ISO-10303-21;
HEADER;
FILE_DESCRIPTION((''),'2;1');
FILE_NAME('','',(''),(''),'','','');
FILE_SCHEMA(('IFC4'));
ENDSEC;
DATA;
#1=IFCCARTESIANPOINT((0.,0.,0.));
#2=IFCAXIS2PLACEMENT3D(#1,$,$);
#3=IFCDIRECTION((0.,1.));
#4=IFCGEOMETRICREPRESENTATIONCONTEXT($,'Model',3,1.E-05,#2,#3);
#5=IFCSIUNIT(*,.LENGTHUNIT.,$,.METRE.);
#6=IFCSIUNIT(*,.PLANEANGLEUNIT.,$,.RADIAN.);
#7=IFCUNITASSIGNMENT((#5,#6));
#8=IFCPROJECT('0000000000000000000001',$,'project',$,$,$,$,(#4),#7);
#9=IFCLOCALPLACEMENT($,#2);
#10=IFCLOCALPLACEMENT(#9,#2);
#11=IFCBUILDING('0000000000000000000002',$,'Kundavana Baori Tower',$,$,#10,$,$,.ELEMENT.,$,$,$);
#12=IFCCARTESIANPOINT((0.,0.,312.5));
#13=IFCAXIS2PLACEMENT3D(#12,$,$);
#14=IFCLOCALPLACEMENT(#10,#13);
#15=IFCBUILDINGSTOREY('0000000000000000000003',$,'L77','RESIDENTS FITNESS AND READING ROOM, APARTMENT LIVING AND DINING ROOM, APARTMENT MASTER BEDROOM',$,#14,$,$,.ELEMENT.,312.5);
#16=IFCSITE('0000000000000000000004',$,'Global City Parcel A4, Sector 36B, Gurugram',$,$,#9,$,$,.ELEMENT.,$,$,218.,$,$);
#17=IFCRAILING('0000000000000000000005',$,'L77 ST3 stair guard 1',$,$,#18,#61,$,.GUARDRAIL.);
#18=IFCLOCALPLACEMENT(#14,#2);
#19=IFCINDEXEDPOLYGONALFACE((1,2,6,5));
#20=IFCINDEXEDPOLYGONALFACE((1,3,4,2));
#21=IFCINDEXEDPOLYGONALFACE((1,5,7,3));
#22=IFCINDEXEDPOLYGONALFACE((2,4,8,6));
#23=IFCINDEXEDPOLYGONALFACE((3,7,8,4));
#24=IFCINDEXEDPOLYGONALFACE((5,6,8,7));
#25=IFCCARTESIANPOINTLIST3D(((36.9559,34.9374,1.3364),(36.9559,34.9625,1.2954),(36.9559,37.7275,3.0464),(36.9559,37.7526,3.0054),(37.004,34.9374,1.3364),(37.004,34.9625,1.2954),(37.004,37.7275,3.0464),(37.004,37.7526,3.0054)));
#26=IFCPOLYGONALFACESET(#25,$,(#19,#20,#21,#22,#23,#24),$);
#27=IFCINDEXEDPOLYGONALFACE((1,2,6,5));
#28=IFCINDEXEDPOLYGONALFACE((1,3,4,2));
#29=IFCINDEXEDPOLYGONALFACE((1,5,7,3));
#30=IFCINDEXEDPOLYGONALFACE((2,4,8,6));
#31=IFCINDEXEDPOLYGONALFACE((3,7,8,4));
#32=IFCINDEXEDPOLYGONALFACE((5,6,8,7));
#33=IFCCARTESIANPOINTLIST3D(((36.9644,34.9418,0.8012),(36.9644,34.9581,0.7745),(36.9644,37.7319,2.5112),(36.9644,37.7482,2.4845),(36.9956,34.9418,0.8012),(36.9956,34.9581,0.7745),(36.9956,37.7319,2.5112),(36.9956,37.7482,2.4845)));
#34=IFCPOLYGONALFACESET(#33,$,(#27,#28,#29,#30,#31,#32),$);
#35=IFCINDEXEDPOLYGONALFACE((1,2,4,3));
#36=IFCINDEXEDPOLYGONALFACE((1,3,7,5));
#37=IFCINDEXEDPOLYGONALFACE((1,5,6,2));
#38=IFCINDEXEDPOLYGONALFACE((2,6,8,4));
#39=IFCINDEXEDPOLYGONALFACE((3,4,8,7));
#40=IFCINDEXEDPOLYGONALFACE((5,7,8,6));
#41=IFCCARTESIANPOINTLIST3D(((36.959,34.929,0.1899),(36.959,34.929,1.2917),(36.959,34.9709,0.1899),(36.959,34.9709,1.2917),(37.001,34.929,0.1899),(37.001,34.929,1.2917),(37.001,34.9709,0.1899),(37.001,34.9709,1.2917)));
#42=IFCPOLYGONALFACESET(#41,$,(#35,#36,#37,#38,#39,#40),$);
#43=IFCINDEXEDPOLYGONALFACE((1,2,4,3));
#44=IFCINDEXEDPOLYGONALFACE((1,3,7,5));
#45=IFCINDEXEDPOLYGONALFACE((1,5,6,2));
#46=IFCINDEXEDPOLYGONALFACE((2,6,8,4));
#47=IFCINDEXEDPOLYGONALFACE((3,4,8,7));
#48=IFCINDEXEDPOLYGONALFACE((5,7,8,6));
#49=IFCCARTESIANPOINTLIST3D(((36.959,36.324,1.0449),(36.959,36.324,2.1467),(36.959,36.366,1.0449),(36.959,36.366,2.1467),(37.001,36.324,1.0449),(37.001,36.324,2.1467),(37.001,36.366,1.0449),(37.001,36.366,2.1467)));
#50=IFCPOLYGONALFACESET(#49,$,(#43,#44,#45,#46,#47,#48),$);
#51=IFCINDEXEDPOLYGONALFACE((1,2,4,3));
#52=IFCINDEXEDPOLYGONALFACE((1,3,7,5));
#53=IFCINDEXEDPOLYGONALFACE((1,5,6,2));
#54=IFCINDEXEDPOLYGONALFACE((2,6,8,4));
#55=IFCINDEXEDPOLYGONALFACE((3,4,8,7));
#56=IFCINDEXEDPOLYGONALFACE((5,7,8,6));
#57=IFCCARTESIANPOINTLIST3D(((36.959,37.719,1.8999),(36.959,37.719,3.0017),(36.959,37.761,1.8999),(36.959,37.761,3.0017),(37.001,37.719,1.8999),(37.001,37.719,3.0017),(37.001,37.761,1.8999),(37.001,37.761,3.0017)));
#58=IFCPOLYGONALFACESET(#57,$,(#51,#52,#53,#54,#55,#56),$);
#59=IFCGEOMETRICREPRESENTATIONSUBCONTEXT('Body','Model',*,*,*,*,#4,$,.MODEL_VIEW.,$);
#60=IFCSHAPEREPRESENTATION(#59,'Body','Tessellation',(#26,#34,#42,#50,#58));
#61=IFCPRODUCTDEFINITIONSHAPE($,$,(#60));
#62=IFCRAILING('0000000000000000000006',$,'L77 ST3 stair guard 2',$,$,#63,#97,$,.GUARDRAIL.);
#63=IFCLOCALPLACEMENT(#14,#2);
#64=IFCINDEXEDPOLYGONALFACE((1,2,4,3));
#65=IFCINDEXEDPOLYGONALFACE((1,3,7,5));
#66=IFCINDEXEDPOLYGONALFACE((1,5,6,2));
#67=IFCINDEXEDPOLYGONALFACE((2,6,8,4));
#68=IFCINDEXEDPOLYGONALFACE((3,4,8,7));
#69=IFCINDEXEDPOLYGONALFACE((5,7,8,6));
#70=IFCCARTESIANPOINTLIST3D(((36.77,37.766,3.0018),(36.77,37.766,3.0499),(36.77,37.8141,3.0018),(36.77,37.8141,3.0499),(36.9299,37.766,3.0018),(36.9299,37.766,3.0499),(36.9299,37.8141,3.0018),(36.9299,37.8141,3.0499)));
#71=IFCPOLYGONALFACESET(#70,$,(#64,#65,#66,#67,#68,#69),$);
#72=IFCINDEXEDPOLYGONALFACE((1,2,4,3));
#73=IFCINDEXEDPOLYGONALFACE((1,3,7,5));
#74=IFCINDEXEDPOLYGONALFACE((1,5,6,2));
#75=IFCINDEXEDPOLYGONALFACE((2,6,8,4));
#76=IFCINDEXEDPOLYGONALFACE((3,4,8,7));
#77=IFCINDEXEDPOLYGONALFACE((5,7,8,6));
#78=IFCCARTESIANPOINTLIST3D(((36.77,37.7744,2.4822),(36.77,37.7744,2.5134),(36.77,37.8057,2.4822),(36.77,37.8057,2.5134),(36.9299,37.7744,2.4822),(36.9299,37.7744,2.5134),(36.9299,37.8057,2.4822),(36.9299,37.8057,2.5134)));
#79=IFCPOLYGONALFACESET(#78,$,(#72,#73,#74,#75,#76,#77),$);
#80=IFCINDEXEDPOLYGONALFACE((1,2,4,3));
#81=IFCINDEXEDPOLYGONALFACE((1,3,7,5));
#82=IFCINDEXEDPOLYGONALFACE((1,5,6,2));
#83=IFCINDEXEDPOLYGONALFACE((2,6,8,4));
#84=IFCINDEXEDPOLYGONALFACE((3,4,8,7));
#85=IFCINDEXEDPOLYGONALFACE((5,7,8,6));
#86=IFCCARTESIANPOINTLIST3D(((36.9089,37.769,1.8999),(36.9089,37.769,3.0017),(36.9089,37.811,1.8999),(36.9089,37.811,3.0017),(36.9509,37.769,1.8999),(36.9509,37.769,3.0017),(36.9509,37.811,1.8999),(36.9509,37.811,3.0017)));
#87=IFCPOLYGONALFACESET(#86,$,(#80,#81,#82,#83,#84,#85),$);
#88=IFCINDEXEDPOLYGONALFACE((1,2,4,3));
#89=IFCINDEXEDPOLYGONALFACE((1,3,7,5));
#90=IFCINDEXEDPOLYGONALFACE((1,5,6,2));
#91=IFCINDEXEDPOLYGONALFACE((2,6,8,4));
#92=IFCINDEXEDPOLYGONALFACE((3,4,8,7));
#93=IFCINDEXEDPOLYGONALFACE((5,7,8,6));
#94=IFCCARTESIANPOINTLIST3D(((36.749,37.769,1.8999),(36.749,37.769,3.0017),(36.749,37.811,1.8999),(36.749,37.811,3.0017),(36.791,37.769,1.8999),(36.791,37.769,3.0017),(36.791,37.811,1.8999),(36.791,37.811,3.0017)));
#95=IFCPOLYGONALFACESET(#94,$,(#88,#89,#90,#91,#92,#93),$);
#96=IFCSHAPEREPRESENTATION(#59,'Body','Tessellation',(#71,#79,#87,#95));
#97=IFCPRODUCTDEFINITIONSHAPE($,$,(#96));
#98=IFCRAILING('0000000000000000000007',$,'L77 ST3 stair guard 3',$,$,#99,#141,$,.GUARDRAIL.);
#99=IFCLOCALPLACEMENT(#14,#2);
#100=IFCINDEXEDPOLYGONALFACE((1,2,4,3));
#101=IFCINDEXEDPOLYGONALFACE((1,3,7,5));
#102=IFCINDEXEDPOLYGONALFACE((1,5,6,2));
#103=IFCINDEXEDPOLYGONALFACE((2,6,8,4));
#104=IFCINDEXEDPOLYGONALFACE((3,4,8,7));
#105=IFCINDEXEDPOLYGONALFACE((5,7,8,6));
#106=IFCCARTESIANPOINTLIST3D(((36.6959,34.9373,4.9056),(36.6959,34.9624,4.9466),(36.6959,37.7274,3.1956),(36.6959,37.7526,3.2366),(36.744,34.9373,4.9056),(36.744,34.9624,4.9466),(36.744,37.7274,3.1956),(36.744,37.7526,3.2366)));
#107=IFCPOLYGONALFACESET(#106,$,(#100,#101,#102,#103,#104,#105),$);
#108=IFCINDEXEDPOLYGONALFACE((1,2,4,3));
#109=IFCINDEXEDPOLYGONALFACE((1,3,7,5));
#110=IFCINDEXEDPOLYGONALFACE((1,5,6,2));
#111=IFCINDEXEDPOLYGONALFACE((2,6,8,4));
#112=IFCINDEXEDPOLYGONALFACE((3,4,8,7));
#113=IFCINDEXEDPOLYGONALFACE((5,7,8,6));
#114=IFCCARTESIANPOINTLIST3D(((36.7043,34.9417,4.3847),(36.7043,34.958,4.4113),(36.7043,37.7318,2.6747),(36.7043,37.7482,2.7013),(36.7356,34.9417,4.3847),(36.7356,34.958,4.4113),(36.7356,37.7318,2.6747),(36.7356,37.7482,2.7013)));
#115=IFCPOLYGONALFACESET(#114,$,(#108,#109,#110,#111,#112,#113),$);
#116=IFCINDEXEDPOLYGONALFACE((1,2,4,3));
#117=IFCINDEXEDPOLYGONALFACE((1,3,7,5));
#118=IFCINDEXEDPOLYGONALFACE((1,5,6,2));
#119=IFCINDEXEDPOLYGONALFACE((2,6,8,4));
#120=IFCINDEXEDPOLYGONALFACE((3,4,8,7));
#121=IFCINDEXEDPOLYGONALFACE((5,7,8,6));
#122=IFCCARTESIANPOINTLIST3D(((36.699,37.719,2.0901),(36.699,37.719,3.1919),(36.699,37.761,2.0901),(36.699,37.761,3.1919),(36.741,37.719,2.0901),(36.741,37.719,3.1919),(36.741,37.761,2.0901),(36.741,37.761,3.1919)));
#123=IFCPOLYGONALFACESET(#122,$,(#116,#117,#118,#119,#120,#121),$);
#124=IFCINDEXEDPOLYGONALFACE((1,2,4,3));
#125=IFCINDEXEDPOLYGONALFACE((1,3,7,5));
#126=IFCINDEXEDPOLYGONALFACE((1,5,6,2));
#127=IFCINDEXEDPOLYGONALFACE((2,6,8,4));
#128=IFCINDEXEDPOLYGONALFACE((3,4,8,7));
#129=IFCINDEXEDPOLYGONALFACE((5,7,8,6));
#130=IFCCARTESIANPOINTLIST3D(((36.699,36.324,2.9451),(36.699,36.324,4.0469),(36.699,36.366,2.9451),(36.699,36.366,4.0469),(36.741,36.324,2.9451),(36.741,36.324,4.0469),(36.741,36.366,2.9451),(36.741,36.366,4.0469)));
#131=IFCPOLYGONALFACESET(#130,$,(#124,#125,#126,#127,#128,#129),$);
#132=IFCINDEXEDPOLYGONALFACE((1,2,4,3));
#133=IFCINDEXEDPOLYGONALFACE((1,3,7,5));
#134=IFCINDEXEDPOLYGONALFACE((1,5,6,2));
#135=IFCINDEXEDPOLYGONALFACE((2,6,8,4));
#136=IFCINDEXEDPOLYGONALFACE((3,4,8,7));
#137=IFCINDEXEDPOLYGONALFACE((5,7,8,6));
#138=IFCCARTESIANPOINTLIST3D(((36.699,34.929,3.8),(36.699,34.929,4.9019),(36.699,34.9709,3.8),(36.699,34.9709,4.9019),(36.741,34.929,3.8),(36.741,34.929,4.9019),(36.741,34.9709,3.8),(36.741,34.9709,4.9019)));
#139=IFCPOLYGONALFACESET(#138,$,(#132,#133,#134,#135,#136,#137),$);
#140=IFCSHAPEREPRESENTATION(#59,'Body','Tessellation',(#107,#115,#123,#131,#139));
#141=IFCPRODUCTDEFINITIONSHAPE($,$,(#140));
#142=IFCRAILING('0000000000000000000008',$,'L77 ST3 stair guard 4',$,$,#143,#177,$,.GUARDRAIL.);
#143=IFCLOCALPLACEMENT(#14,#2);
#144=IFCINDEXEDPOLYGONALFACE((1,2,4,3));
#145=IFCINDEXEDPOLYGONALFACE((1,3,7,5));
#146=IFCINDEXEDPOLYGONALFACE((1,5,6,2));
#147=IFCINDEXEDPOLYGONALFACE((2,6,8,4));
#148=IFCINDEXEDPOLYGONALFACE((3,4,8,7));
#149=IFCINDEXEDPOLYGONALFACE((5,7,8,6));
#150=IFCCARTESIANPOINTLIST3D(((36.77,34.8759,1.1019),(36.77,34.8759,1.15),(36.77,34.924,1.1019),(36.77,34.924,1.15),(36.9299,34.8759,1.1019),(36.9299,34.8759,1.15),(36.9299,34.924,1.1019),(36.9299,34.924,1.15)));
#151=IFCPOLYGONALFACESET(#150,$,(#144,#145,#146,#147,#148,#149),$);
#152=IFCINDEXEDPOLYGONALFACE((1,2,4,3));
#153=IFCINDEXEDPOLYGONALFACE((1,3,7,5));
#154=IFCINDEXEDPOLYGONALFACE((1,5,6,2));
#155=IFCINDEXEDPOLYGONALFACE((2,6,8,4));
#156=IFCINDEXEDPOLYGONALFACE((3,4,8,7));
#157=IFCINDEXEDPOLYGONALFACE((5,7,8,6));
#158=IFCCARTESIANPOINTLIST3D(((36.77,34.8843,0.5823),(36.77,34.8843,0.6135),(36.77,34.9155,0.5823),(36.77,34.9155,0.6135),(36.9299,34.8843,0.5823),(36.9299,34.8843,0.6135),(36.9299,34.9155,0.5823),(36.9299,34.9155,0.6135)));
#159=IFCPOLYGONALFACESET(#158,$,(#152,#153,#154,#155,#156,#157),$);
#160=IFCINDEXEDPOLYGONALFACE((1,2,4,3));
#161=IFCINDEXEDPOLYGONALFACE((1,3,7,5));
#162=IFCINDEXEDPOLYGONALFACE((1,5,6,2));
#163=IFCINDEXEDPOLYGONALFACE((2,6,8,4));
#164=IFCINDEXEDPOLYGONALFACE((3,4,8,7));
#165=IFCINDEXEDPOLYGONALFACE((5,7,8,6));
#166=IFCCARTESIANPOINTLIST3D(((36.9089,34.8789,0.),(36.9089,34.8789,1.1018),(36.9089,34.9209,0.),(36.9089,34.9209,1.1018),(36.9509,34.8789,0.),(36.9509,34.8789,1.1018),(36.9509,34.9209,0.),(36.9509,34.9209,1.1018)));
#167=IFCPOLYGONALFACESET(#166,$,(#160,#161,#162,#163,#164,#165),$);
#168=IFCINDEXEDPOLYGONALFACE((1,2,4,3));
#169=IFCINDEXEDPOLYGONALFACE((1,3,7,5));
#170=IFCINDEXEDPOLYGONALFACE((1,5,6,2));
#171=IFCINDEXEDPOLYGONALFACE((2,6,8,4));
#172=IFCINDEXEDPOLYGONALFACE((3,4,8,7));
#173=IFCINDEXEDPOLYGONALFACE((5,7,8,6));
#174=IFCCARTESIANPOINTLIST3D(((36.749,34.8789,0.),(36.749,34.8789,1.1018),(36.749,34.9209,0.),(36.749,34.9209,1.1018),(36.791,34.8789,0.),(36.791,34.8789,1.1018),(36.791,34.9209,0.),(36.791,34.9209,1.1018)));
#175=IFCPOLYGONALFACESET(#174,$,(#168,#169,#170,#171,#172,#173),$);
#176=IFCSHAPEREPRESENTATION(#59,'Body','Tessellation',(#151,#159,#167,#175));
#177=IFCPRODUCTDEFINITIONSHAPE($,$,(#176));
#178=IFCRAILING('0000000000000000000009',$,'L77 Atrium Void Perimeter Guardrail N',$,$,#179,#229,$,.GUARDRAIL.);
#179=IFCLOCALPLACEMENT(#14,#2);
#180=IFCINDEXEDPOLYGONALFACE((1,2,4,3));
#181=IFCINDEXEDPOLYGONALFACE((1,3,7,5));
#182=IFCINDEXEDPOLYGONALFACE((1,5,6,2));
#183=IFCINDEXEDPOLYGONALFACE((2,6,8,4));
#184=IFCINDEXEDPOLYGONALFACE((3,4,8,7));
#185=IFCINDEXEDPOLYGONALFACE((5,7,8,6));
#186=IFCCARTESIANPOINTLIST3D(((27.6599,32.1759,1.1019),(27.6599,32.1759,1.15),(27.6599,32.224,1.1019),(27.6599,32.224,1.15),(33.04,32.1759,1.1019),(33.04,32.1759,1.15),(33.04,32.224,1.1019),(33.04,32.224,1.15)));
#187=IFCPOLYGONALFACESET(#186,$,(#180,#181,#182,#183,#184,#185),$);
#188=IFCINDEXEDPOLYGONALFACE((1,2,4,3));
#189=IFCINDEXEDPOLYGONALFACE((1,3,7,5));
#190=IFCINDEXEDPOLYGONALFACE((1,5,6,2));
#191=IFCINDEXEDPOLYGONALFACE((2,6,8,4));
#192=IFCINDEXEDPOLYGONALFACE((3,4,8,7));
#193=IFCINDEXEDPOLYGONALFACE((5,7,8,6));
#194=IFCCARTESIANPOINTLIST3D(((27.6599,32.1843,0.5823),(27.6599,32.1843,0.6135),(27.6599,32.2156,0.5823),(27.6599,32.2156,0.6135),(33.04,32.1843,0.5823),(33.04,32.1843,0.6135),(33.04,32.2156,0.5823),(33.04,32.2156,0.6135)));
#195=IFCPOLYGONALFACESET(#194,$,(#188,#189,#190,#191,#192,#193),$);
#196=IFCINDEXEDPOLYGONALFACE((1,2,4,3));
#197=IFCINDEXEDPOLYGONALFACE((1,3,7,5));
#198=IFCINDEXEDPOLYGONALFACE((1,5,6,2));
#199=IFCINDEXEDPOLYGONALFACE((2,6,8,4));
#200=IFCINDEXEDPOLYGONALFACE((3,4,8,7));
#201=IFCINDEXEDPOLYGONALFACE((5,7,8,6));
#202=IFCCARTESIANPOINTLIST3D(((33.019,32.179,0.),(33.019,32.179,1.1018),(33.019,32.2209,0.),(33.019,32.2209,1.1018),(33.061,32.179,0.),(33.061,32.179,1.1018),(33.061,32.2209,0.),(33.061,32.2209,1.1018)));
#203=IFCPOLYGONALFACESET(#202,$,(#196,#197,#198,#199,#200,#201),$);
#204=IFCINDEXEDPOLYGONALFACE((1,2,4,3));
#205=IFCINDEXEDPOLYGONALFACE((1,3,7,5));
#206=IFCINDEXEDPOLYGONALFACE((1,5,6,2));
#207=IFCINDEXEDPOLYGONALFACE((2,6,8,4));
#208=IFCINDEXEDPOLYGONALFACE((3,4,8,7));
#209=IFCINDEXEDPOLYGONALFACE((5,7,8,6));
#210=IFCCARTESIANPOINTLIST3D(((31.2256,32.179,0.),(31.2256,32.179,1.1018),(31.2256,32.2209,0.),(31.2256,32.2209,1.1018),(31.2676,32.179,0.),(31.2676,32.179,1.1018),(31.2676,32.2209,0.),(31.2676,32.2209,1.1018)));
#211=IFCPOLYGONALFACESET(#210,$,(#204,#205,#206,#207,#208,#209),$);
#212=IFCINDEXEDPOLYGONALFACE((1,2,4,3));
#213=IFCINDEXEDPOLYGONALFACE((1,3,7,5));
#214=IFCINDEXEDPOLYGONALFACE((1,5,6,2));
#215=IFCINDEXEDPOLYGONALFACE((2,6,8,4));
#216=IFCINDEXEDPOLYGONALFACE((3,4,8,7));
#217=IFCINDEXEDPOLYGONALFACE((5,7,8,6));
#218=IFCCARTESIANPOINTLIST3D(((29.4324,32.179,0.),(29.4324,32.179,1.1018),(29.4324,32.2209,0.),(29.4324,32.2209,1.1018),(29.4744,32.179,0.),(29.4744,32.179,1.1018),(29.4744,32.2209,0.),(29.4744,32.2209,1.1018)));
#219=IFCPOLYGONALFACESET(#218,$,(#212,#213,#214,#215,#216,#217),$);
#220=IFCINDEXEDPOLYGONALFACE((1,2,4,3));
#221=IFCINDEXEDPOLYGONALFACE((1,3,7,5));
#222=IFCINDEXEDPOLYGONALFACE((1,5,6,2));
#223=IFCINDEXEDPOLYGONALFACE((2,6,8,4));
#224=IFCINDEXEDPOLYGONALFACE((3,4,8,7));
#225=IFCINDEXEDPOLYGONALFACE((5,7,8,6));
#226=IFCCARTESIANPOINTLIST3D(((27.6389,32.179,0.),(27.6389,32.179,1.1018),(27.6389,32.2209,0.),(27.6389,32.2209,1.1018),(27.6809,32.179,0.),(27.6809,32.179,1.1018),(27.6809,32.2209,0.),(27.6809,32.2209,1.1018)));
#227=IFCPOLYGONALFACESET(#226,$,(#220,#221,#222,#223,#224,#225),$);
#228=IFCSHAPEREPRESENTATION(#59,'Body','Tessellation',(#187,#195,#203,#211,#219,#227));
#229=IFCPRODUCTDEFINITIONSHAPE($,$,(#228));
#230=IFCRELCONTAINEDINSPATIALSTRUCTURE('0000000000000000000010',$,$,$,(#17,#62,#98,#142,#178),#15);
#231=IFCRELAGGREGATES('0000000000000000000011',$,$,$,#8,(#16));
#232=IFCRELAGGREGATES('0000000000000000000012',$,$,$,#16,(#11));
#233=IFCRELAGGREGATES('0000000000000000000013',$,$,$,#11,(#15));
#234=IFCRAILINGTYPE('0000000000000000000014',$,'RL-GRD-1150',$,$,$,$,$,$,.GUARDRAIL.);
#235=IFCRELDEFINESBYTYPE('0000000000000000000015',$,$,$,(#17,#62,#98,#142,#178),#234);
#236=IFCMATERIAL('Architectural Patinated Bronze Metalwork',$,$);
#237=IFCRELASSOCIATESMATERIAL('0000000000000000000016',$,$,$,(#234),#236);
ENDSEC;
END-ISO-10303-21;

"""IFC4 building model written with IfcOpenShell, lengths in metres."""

from ifc_helpers import new_model, si_unit, direction, frame, origin, origin_2d, place, context, subcontext, project, spatial, rectangle, extrude, material, type_object, element, save


model = new_model("IFC4")

# Units and contexts
model_context = context("Model", 3, precision=1e-05, world=origin(), true_north=direction((0.0, 1.0)))
body_context = subcontext(model_context, "Body", "Model", "MODEL_VIEW")
ifc_project = project(units=[si_unit("LENGTHUNIT", "METRE"), si_unit("PLANEANGLEUNIT", "RADIAN")], contexts=[model_context])

# Site, building, storey
site_placement = place(None, origin())
site = spatial("IfcSite", under=ifc_project, at=site_placement, Name="Global City Parcel A4, Sector 36B, Gurugram", CompositionType="ELEMENT", RefElevation=218.0)
building_placement = place(site_placement, origin())
building = spatial("IfcBuilding", under=site, at=building_placement, Name="Kundavana Baori Tower", CompositionType="ELEMENT")
storey_placement = place(building_placement, frame((0.0, 0.0, 312.5)))
storey = spatial("IfcBuildingStorey", under=building, at=storey_placement, Name="L77", Description="RESIDENTS FITNESS AND READING ROOM, APARTMENT LIVING AND DINING ROOM, APARTMENT MASTER BEDROOM", CompositionType="ELEMENT", Elevation=312.5)

# Railings
ifc_material_1 = material(Name="Architectural Patinated Bronze Metalwork")
railing_type_1 = type_object("IfcRailingType", Name="RL-GRD-1150", PredefinedType="GUARDRAIL", material=ifc_material_1)
railing_1_placement = place(storey_placement, frame((36.98, 34.95, 0.1899)))
element("IfcRailing", 1, at=railing_1_placement, inside=storey, type_object=railing_type_1, Name="L77 ST3 stair guard 1", PredefinedType="GUARDRAIL", context=body_context, shape_type="SweptSolid", body=[
    extrude(rectangle(XDim=0.0481, YDim=0.0481, at=origin_2d()), frame((0.0, 0.0, 1.126), z_axis=(0.0, 0.85261, 0.522548), x_axis=(-1.0, 0.0, 0.0)), (0.0, 0.0, 1.0), 3.2725),
    extrude(rectangle(XDim=0.0312, YDim=0.0312, at=origin_2d()), frame((0.0, 0.0, 0.5979), z_axis=(0.0, 0.85261, 0.522548), x_axis=(-1.0, 0.0, 0.0)), (0.0, 0.0, 1.0), 3.2725),
    extrude(rectangle(XDim=0.042, YDim=0.042, at=origin_2d()), origin(), (0.0, 0.0, 1.0), 1.1018),
    extrude(rectangle(XDim=0.042, YDim=0.042, at=origin_2d()), frame((0.0, 1.395, 0.855)), (0.0, 0.0, 1.0), 1.1018),
    extrude(rectangle(XDim=0.042, YDim=0.042, at=origin_2d()), frame((0.0, 2.79, 1.71)), (0.0, 0.0, 1.0), 1.1018),
])
railing_2_placement = place(storey_placement, frame((36.9299, 37.79, 1.8999)))
element("IfcRailing", 2, at=railing_2_placement, inside=storey, type_object=railing_type_1, Name="L77 ST3 stair guard 2", PredefinedType="GUARDRAIL", context=body_context, shape_type="SweptSolid", body=[
    extrude(rectangle(XDim=0.0481, YDim=0.0481, at=origin_2d()), frame((0.0, 0.0, 1.126), z_axis=(-1.0, 0.0, 0.0), x_axis=(0.0, -1.0, 0.0)), (0.0, 0.0, 1.0), 0.1599),
    extrude(rectangle(XDim=0.0312, YDim=0.0312, at=origin_2d()), frame((0.0, 0.0, 0.5979), z_axis=(-1.0, 0.0, 0.0), x_axis=(0.0, -1.0, 0.0)), (0.0, 0.0, 1.0), 0.1599),
    extrude(rectangle(XDim=0.042, YDim=0.042, at=origin_2d()), origin(), (0.0, 0.0, 1.0), 1.1018),
    extrude(rectangle(XDim=0.042, YDim=0.042, at=origin_2d()), frame((-0.1599, 0.0, 0.0)), (0.0, 0.0, 1.0), 1.1018),
])
railing_3_placement = place(storey_placement, frame((36.72, 37.74, 2.0901)))
element("IfcRailing", 3, at=railing_3_placement, inside=storey, type_object=railing_type_1, Name="L77 ST3 stair guard 3", PredefinedType="GUARDRAIL", context=body_context, shape_type="SweptSolid", body=[
    extrude(rectangle(XDim=0.0481, YDim=0.0481, at=origin_2d()), frame((0.0, 0.0, 1.126), z_axis=(0.0, -0.85261, 0.522548), x_axis=(1.0, 0.0, 0.0)), (0.0, 0.0, 1.0), 3.2725),
    extrude(rectangle(XDim=0.0312, YDim=0.0312, at=origin_2d()), frame((0.0, 0.0, 0.5979), z_axis=(0.0, -0.85261, 0.522548), x_axis=(1.0, 0.0, 0.0)), (0.0, 0.0, 1.0), 3.2725),
    extrude(rectangle(XDim=0.042, YDim=0.042, at=origin_2d()), origin(), (0.0, 0.0, 1.0), 1.1018),
    extrude(rectangle(XDim=0.042, YDim=0.042, at=origin_2d()), frame((0.0, -1.395, 0.855)), (0.0, 0.0, 1.0), 1.1018),
    extrude(rectangle(XDim=0.042, YDim=0.042, at=origin_2d()), frame((0.0, -2.79, 1.71)), (0.0, 0.0, 1.0), 1.1018),
])
railing_4_placement = place(storey_placement, frame((36.9299, 34.8999, 0.0)))
element("IfcRailing", 4, at=railing_4_placement, inside=storey, type_object=railing_type_1, Name="L77 ST3 stair guard 4", PredefinedType="GUARDRAIL", context=body_context, shape_type="SweptSolid", body=[
    extrude(rectangle(XDim=0.0481, YDim=0.0481, at=origin_2d()), frame((0.0, 0.0, 1.126), z_axis=(-1.0, 0.0, 0.0), x_axis=(0.0, -1.0, 0.0)), (0.0, 0.0, 1.0), 0.1599),
    extrude(rectangle(XDim=0.0312, YDim=0.0312, at=origin_2d()), frame((0.0, 0.0, 0.5979), z_axis=(-1.0, 0.0, 0.0), x_axis=(0.0, -1.0, 0.0)), (0.0, 0.0, 1.0), 0.1599),
    extrude(rectangle(XDim=0.042, YDim=0.042, at=origin_2d()), origin(), (0.0, 0.0, 1.0), 1.1018),
    extrude(rectangle(XDim=0.042, YDim=0.042, at=origin_2d()), frame((-0.1599, 0.0, 0.0)), (0.0, 0.0, 1.0), 1.1018),
])
railing_5_placement = place(storey_placement, frame((33.04, 32.2, 0.0)))
element("IfcRailing", 5, at=railing_5_placement, inside=storey, type_object=railing_type_1, Name="L77 Atrium Void Perimeter Guardrail N", PredefinedType="GUARDRAIL", context=body_context, shape_type="SweptSolid", body=[
    extrude(rectangle(XDim=0.0481, YDim=0.0481, at=origin_2d()), frame((0.0, 0.0, 1.126), z_axis=(-1.0, 0.0, 0.0), x_axis=(0.0, -1.0, 0.0)), (0.0, 0.0, 1.0), 5.3801),
    extrude(rectangle(XDim=0.0312, YDim=0.0312, at=origin_2d()), frame((0.0, 0.0, 0.5979), z_axis=(-1.0, 0.0, 0.0), x_axis=(0.0, -1.0, 0.0)), (0.0, 0.0, 1.0), 5.3801),
    extrude(rectangle(XDim=0.042, YDim=0.042, at=origin_2d()), origin(), (0.0, 0.0, 1.0), 1.1018),
    extrude(rectangle(XDim=0.042, YDim=0.042, at=origin_2d()), frame((-1.7935, 0.0, 0.0)), (0.0, 0.0, 1.0), 1.1018),
    extrude(rectangle(XDim=0.042, YDim=0.042, at=origin_2d()), frame((-3.5867, 0.0, 0.0)), (0.0, 0.0, 1.0), 1.1018),
    extrude(rectangle(XDim=0.042, YDim=0.042, at=origin_2d()), frame((-5.3801, 0.0, 0.0)), (0.0, 0.0, 1.0), 1.1018),
])

save(model, "model.ifc")
